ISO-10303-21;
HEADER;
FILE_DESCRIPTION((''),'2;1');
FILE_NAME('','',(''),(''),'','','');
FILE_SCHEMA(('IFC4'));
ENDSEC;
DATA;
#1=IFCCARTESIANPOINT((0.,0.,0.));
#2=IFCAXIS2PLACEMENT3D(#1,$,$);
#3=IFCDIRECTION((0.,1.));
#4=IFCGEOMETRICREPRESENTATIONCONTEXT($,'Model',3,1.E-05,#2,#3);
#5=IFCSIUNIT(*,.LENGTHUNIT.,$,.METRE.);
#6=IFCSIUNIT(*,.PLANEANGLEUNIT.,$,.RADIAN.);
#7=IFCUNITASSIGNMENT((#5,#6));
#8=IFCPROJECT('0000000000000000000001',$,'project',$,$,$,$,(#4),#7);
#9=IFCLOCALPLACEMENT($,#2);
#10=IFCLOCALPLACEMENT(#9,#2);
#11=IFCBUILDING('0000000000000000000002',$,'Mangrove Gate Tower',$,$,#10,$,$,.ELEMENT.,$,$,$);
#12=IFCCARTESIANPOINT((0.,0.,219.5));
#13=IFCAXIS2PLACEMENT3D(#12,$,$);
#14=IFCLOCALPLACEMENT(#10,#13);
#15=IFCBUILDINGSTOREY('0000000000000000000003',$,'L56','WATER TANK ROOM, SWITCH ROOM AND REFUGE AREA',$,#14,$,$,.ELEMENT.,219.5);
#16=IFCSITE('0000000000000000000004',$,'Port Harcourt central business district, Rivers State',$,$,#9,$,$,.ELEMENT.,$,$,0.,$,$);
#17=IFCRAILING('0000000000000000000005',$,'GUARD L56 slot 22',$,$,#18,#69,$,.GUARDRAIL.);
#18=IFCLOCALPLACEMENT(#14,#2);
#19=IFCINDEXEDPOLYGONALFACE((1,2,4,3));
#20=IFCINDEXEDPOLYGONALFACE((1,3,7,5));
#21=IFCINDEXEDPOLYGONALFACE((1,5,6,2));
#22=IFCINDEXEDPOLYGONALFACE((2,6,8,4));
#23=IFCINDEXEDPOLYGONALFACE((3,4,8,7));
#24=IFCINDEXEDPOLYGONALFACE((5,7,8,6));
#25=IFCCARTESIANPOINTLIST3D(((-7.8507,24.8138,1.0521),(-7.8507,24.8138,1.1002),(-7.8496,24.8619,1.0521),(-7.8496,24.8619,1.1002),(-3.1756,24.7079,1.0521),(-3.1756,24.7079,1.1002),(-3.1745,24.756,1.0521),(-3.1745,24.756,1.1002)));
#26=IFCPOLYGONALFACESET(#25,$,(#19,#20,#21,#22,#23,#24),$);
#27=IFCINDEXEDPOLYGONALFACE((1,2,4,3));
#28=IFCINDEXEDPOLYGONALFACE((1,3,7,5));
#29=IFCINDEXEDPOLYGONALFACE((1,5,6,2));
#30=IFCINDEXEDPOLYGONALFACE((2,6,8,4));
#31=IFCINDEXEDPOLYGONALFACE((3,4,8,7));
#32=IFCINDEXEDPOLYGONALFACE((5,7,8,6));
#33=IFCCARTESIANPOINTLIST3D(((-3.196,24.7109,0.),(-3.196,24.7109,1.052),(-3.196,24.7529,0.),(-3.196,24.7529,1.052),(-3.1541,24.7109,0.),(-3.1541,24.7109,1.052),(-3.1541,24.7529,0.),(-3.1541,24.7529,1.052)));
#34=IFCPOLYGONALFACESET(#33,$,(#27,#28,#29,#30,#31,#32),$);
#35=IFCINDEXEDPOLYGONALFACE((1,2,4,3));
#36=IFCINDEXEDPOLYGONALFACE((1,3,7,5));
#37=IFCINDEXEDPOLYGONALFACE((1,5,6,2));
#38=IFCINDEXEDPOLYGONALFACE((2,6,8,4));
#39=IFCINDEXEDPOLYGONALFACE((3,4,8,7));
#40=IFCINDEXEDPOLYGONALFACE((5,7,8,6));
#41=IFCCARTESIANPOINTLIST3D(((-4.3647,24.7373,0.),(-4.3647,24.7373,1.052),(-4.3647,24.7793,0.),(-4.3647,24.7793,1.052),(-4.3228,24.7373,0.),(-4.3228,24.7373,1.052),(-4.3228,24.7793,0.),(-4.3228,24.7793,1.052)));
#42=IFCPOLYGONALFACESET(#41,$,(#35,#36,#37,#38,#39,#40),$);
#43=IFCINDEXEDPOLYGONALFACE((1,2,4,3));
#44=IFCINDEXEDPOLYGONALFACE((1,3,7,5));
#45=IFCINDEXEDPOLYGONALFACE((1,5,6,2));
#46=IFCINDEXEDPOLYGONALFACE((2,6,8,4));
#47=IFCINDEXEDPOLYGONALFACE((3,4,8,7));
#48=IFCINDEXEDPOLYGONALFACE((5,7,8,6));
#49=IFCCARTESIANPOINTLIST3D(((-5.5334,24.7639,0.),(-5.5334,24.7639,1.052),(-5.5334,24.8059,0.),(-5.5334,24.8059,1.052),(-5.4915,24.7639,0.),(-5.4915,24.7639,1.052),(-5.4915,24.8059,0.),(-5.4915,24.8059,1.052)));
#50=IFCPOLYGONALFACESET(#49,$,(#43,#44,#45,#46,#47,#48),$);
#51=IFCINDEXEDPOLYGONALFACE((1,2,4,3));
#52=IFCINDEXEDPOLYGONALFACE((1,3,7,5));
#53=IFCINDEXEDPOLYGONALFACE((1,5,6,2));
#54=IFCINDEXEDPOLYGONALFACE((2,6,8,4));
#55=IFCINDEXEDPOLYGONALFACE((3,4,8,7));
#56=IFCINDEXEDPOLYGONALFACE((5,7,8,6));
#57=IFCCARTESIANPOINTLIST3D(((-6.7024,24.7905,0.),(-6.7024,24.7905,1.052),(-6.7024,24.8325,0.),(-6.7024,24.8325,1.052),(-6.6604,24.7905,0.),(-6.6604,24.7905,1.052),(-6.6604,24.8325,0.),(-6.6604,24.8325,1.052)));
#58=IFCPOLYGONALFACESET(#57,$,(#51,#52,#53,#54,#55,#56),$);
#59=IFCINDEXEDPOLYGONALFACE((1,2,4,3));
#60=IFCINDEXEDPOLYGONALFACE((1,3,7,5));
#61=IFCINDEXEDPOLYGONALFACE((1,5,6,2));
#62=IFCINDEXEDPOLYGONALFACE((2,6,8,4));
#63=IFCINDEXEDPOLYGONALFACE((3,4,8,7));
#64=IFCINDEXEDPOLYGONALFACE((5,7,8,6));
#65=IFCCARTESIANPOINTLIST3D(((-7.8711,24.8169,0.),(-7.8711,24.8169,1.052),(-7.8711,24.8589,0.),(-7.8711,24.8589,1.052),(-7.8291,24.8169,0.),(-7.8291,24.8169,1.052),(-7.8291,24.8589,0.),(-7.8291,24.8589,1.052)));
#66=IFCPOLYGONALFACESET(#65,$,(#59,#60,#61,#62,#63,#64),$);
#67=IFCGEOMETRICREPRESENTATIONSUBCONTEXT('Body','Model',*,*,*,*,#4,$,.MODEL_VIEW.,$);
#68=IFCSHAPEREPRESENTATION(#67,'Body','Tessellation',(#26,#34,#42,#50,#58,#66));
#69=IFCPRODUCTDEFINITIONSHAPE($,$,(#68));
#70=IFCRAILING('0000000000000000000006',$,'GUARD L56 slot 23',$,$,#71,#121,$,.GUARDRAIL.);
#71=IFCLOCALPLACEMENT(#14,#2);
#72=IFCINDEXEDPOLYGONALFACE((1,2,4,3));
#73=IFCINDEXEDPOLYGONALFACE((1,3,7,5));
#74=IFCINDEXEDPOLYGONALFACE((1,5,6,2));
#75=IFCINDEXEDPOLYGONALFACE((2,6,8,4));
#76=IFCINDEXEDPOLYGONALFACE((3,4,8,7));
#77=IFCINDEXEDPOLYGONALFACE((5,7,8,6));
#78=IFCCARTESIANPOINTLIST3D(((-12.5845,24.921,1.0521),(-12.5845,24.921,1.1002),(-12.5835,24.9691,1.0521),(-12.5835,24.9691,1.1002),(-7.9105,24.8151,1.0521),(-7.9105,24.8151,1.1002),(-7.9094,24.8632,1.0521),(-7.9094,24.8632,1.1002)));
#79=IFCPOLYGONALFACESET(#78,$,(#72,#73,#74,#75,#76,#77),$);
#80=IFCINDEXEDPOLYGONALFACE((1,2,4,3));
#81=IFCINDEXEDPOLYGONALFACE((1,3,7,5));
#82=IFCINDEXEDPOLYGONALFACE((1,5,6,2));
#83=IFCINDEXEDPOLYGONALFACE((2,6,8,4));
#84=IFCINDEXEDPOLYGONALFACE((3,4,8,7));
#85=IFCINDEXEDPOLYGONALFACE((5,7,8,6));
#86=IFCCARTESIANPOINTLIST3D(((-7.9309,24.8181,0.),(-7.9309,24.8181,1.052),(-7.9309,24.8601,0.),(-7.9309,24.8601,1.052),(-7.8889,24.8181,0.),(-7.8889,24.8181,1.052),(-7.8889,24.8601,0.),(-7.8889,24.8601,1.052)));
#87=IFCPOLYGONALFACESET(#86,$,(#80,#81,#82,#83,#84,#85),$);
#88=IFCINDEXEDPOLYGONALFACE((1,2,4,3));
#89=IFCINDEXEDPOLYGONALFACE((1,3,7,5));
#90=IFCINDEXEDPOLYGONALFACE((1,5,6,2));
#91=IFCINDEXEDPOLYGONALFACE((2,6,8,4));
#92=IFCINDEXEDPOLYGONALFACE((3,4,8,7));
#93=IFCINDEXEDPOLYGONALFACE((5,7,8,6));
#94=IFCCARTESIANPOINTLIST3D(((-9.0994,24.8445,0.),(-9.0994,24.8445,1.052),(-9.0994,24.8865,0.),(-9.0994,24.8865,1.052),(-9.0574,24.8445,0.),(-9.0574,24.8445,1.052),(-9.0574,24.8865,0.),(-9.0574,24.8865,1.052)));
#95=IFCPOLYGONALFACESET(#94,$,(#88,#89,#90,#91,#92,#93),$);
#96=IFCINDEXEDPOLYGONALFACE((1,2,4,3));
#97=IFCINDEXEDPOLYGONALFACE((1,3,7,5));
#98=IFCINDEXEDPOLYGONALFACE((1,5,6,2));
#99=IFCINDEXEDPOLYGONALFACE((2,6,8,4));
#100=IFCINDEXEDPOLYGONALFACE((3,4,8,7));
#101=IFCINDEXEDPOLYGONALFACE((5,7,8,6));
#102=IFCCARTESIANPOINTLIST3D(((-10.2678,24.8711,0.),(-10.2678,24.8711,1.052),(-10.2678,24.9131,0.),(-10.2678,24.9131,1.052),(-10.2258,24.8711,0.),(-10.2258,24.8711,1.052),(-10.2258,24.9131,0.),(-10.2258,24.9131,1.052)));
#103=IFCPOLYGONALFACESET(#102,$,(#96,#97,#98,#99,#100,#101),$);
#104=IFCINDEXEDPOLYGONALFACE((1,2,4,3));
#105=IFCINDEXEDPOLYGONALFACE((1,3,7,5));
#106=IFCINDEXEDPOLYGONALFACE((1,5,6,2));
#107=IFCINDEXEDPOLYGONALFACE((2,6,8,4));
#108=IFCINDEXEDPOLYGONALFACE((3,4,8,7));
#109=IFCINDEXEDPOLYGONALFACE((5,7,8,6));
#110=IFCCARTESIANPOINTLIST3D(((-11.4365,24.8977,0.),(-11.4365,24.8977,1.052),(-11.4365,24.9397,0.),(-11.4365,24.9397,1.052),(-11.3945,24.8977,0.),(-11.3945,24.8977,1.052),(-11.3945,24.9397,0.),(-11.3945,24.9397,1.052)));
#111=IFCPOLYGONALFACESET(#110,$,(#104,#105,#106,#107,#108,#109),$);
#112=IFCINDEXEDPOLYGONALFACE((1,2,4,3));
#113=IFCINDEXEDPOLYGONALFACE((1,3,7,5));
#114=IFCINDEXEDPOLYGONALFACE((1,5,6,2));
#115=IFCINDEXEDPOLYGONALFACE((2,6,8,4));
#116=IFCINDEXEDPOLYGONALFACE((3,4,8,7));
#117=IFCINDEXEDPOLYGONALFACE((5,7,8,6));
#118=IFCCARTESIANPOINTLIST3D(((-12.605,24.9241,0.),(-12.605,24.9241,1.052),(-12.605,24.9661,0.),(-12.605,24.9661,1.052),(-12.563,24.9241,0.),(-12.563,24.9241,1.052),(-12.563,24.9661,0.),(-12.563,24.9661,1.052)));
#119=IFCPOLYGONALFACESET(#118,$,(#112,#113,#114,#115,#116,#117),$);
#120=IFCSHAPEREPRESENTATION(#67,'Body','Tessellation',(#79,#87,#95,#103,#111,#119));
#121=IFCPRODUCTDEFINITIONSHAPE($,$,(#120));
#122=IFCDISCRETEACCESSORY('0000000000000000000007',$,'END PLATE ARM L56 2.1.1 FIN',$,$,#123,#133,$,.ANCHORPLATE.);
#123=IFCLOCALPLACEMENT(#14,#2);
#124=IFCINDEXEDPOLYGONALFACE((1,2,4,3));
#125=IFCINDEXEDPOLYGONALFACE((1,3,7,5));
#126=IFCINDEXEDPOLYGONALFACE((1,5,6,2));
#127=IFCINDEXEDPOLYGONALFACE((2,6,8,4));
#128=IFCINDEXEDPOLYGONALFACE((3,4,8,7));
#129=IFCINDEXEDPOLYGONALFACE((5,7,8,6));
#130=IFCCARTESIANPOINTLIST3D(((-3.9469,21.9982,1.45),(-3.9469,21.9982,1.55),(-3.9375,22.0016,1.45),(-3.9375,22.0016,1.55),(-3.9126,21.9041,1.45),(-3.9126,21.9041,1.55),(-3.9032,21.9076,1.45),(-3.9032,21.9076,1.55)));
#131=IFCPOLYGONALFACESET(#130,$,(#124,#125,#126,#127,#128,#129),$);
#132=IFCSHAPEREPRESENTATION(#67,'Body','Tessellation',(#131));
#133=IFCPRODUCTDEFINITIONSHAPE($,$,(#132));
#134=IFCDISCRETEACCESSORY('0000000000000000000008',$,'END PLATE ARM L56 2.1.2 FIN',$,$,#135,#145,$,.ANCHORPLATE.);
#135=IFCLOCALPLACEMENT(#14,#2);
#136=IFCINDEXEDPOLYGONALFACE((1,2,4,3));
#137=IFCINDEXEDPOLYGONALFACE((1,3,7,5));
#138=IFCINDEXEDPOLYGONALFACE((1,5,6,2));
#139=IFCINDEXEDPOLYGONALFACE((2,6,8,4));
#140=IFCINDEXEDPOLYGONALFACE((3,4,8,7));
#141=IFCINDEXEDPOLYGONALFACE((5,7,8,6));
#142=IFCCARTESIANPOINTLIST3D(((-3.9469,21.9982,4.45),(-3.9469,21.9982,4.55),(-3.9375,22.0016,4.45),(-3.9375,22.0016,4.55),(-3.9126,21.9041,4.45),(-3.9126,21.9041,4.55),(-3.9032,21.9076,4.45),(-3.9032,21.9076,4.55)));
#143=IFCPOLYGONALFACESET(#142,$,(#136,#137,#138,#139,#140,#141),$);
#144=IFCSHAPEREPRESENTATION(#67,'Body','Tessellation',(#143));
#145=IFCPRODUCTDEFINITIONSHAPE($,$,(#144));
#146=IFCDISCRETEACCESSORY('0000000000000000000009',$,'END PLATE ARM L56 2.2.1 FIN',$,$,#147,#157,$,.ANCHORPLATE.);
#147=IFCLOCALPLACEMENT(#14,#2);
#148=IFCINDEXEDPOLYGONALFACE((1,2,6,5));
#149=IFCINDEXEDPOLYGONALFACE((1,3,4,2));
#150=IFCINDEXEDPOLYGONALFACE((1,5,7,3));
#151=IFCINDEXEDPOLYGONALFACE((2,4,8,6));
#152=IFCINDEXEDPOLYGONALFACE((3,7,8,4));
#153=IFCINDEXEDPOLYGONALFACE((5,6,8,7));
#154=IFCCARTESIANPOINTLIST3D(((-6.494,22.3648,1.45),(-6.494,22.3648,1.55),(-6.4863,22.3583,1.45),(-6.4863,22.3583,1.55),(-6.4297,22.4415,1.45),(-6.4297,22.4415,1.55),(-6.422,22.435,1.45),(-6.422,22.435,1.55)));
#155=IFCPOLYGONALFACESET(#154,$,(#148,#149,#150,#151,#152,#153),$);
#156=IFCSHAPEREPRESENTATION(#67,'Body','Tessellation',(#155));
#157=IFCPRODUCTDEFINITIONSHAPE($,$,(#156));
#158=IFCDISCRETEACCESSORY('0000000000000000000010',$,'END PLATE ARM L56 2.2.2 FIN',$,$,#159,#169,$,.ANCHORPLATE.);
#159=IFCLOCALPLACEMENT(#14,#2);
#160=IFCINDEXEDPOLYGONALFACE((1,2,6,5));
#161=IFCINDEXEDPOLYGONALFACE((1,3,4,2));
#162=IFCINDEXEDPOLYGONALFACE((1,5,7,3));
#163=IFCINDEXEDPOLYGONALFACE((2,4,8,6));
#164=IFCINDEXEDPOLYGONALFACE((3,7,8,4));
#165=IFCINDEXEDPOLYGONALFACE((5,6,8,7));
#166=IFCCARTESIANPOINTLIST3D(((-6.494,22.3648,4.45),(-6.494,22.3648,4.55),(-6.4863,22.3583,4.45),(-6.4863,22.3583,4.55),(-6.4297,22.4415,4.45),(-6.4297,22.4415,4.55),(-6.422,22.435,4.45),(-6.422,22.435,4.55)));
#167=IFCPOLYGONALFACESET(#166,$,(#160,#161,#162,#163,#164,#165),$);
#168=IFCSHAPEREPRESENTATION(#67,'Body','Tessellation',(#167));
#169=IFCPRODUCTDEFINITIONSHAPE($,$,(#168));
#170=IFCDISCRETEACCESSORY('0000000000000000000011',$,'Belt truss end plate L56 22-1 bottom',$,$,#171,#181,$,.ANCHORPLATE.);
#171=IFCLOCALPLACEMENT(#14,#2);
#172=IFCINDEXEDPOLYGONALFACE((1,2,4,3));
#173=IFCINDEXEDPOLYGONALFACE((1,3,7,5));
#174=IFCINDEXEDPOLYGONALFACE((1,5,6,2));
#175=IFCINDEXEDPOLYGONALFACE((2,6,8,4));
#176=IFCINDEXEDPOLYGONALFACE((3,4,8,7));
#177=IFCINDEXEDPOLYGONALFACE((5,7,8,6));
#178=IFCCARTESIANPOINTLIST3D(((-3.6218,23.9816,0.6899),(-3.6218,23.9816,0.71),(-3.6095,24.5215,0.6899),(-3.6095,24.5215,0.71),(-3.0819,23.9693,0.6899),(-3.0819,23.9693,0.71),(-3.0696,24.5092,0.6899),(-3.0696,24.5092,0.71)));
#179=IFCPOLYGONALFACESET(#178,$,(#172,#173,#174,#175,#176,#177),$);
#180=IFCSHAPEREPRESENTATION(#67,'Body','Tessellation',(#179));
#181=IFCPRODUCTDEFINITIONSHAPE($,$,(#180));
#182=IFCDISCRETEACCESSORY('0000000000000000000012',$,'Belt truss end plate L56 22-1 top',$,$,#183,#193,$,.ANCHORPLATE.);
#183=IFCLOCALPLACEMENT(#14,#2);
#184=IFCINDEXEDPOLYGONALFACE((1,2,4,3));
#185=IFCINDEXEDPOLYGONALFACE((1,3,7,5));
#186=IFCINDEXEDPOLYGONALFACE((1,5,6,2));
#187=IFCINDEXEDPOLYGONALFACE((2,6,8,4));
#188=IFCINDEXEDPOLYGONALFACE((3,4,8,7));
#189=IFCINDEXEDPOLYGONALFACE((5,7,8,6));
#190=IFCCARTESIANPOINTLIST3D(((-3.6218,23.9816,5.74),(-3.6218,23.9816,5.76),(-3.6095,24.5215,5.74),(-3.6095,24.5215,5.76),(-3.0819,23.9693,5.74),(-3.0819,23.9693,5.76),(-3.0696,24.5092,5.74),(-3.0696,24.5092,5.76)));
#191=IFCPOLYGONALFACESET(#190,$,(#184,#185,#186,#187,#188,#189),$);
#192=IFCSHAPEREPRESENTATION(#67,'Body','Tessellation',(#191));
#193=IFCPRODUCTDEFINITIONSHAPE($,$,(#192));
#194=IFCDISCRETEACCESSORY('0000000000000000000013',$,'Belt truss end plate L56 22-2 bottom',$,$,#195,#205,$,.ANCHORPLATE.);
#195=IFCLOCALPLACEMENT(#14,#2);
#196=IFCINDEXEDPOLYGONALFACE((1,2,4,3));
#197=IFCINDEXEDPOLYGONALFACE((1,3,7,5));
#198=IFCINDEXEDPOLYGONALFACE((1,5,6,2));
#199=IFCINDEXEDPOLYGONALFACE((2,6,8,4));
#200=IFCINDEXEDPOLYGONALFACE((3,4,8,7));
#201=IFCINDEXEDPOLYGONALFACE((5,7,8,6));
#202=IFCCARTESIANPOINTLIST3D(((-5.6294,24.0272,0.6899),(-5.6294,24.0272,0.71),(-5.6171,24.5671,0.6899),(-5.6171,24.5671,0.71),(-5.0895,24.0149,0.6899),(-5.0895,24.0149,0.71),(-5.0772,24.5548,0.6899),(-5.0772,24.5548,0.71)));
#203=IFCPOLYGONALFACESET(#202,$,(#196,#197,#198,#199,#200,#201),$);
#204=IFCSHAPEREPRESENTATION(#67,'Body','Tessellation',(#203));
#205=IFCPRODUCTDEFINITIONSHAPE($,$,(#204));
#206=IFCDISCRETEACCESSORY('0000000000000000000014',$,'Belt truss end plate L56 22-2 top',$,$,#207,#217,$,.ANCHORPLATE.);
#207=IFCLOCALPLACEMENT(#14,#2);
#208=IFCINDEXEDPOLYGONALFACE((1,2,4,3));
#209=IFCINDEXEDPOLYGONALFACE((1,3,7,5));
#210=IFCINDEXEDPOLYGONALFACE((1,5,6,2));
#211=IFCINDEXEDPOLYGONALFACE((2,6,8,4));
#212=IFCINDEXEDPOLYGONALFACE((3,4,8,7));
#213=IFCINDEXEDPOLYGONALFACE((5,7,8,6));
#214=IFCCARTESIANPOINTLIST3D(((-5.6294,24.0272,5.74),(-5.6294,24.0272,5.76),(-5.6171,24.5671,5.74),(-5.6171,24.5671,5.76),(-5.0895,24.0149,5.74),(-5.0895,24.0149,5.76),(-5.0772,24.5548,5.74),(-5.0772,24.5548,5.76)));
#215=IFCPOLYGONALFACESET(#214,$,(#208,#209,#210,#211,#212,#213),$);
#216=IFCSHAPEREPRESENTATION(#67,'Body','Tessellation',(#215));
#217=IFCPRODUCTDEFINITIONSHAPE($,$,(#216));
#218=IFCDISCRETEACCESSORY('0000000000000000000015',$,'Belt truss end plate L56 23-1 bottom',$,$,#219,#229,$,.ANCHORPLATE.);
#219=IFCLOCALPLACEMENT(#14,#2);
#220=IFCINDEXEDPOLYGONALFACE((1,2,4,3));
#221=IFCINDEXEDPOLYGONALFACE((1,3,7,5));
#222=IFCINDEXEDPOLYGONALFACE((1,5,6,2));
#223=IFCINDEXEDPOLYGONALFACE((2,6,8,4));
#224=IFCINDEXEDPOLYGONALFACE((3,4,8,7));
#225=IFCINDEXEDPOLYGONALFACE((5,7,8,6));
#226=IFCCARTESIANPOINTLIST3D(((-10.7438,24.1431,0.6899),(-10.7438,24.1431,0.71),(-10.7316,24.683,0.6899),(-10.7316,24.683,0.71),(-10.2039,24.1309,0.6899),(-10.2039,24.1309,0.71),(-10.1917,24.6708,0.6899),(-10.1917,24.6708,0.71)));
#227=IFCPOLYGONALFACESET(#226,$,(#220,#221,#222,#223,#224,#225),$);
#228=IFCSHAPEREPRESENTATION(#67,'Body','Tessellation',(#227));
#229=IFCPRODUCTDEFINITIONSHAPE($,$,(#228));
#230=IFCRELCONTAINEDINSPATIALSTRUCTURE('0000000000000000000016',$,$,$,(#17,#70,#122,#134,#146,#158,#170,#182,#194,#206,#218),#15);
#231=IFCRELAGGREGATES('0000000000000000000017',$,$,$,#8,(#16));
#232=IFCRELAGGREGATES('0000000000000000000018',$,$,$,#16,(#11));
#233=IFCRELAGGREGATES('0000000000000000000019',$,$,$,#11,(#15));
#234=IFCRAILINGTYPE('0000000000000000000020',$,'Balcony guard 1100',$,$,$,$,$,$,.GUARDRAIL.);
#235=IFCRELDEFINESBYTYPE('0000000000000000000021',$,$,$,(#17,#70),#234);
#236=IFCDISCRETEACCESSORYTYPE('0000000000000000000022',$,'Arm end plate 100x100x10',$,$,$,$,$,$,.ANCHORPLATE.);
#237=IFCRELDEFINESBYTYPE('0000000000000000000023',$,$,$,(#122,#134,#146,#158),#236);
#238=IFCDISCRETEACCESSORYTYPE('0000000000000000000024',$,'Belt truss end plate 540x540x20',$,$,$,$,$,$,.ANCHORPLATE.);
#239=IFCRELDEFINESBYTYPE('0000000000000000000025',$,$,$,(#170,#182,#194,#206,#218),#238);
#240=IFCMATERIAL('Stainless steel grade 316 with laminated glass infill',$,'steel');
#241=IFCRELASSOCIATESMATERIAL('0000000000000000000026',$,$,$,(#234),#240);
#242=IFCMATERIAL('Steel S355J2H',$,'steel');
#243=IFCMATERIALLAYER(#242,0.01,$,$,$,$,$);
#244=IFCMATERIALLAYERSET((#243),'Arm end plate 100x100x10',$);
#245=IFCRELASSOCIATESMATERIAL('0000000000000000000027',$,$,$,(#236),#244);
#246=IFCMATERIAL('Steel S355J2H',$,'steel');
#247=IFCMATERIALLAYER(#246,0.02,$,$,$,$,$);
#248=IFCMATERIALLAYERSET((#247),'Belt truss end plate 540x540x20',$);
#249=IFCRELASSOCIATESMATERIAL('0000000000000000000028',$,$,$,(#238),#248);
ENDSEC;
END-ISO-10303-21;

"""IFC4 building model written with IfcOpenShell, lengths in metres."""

from ifc_helpers import new_model, si_unit, direction, frame, origin, origin_2d, place, context, subcontext, project, spatial, rectangle, extrude, material, layer, layer_set, type_object, element, save


model = new_model("IFC4")

# Units and contexts
model_context = context("Model", 3, precision=1e-05, world=origin(), true_north=direction((0.0, 1.0)))
body_context = subcontext(model_context, "Body", "Model", "MODEL_VIEW")
ifc_project = project(units=[si_unit("LENGTHUNIT", "METRE"), si_unit("PLANEANGLEUNIT", "RADIAN")], contexts=[model_context])

# Site, building, storey
site_placement = place(None, origin())
site = spatial("IfcSite", under=ifc_project, at=site_placement, Name="Port Harcourt central business district, Rivers State", CompositionType="ELEMENT", RefElevation=0.0)
building_placement = place(site_placement, origin())
building = spatial("IfcBuilding", under=site, at=building_placement, Name="Mangrove Gate Tower", CompositionType="ELEMENT")
storey_placement = place(building_placement, frame((0.0, 0.0, 219.5)))
storey = spatial("IfcBuildingStorey", under=building, at=storey_placement, Name="L56", Description="WATER TANK ROOM, SWITCH ROOM AND REFUGE AREA", CompositionType="ELEMENT", Elevation=219.5)

# Railings
ifc_material_1 = material(Name="Stainless steel grade 316 with laminated glass infill", Category="steel")
railing_type = type_object("IfcRailingType", Name="Balcony guard 1100", PredefinedType="GUARDRAIL", material=ifc_material_1)
railing_1_placement = place(storey_placement, frame((-3.175, 24.7319, 0.0)))
element("IfcRailing", 1, at=railing_1_placement, inside=storey, type_object=railing_type, Name="GUARD L56 slot 22", PredefinedType="GUARDRAIL", context=body_context, shape_type="SweptSolid", body=[
    extrude(rectangle(XDim=0.0481, YDim=0.0481, at=origin_2d()), frame((0.0, 0.0, 1.0762), z_axis=(-0.999743, 0.022659, 0.0), x_axis=(-0.022659, -0.999743, 0.0)), (0.0, 0.0, 1.0), 4.6763),
    extrude(rectangle(XDim=0.042, YDim=0.042, at=origin_2d()), origin(), (0.0, 0.0, 1.0), 1.052),
    extrude(rectangle(XDim=0.042, YDim=0.042, at=origin_2d()), frame((-1.1687, 0.0264, 0.0)), (0.0, 0.0, 1.0), 1.052),
    extrude(rectangle(XDim=0.042, YDim=0.042, at=origin_2d()), frame((-2.3374, 0.053, 0.0)), (0.0, 0.0, 1.0), 1.052),
    extrude(rectangle(XDim=0.042, YDim=0.042, at=origin_2d()), frame((-3.5063, 0.0796, 0.0)), (0.0, 0.0, 1.0), 1.052),
    extrude(rectangle(XDim=0.042, YDim=0.042, at=origin_2d()), frame((-4.675, 0.106, 0.0)), (0.0, 0.0, 1.0), 1.052),
])
railing_2_placement = place(storey_placement, frame((-7.9099, 24.8391, 0.0)))
element("IfcRailing", 2, at=railing_2_placement, inside=storey, type_object=railing_type, Name="GUARD L56 slot 23", PredefinedType="GUARDRAIL", context=body_context, shape_type="SweptSolid", body=[
    extrude(rectangle(XDim=0.0481, YDim=0.0481, at=origin_2d()), frame((0.0, 0.0, 1.0762), z_axis=(-0.999743, 0.022663, 0.0), x_axis=(-0.022663, -0.999743, 0.0)), (0.0, 0.0, 1.0), 4.6753),
    extrude(rectangle(XDim=0.042, YDim=0.042, at=origin_2d()), origin(), (0.0, 0.0, 1.0), 1.052),
    extrude(rectangle(XDim=0.042, YDim=0.042, at=origin_2d()), frame((-1.1685, 0.0264, 0.0)), (0.0, 0.0, 1.0), 1.052),
    extrude(rectangle(XDim=0.042, YDim=0.042, at=origin_2d()), frame((-2.3369, 0.053, 0.0)), (0.0, 0.0, 1.0), 1.052),
    extrude(rectangle(XDim=0.042, YDim=0.042, at=origin_2d()), frame((-3.5056, 0.0796, 0.0)), (0.0, 0.0, 1.0), 1.052),
    extrude(rectangle(XDim=0.042, YDim=0.042, at=origin_2d()), frame((-4.6741, 0.106, 0.0)), (0.0, 0.0, 1.0), 1.052),
])

# Discrete accessories
ifc_material_2 = material(Name="Steel S355J2H", Category="steel")
ifc_layer_1 = layer(ifc_material_2, 0.01)
ifc_layer_set_1 = layer_set([ifc_layer_1], Name="Arm end plate 100x100x10")
discrete_accessory_type_1 = type_object("IfcDiscreteAccessoryType", Name="Arm end plate 100x100x10", PredefinedType="ANCHORPLATE", material=ifc_layer_set_1)
for number, where, z_axis, x_axis, name in (
    (3, (-3.925, 21.9529, 1.45), (0.0, 0.0, 1.0), (0.939693, 0.34202, 0.0), "END PLATE ARM L56 2.1.1 FIN"),
    (4, (-3.925, 21.9529, 4.45), (0.0, 0.0, 1.0), (0.939693, 0.34202, 0.0), "END PLATE ARM L56 2.1.2 FIN"),
    (5, (-6.458, 22.3999, 1.45), (0.0, 0.0, 1.0), (-0.766044, 0.642788, 0.0), "END PLATE ARM L56 2.2.1 FIN"),
    (6, (-6.458, 22.3999, 4.45), (0.0, 0.0, 1.0), (-0.766044, 0.642788, 0.0), "END PLATE ARM L56 2.2.2 FIN"),
):
    element("IfcDiscreteAccessory", number, at=place(storey_placement, frame(where, z_axis=z_axis, x_axis=x_axis)), inside=storey, type_object=discrete_accessory_type_1, Name=name, PredefinedType="ANCHORPLATE", context=body_context, shape_type="SweptSolid", body=[
        extrude(rectangle(XDim=0.01, YDim=0.1001, at=origin_2d()), origin(), (0.0, 0.0, 1.0), 0.1001),
    ])
ifc_material_3 = material(Name="Steel S355J2H", Category="steel")
ifc_layer_2 = layer(ifc_material_3, 0.02)
ifc_layer_set_2 = layer_set([ifc_layer_2], Name="Belt truss end plate 540x540x20")
discrete_accessory_type_2 = type_object("IfcDiscreteAccessoryType", Name="Belt truss end plate 540x540x20", PredefinedType="ANCHORPLATE", material=ifc_layer_set_2)
for number, where, z_axis, x_axis, name in (
    (7, (-3.3457, 24.2454, 0.6899), (0.0, 0.0, 1.0), (-0.999741, 0.022741, 0.0), "Belt truss end plate L56 22-1 bottom"),
    (8, (-3.3457, 24.2454, 5.74), (0.0, 0.0, 1.0), (-0.999741, 0.022741, 0.0), "Belt truss end plate L56 22-1 top"),
    (9, (-5.3533, 24.291, 0.6899), (0.0, 0.0, 1.0), (-0.999741, 0.022741, 0.0), "Belt truss end plate L56 22-2 bottom"),
    (10, (-5.3533, 24.291, 5.74), (0.0, 0.0, 1.0), (-0.999741, 0.022741, 0.0), "Belt truss end plate L56 22-2 top"),
    (11, (-10.4678, 24.407, 0.6899), (0.0, 0.0, 1.0), (-0.999745, 0.0226, 0.0), "Belt truss end plate L56 23-1 bottom"),
):
    element("IfcDiscreteAccessory", number, at=place(storey_placement, frame(where, z_axis=z_axis, x_axis=x_axis)), inside=storey, type_object=discrete_accessory_type_2, Name=name, PredefinedType="ANCHORPLATE", context=body_context, shape_type="SweptSolid", body=[
        extrude(rectangle(XDim=0.54, YDim=0.54, at=origin_2d()), origin(), (0.0, 0.0, 1.0), 0.02),
    ])

save(model, "model.ifc")
